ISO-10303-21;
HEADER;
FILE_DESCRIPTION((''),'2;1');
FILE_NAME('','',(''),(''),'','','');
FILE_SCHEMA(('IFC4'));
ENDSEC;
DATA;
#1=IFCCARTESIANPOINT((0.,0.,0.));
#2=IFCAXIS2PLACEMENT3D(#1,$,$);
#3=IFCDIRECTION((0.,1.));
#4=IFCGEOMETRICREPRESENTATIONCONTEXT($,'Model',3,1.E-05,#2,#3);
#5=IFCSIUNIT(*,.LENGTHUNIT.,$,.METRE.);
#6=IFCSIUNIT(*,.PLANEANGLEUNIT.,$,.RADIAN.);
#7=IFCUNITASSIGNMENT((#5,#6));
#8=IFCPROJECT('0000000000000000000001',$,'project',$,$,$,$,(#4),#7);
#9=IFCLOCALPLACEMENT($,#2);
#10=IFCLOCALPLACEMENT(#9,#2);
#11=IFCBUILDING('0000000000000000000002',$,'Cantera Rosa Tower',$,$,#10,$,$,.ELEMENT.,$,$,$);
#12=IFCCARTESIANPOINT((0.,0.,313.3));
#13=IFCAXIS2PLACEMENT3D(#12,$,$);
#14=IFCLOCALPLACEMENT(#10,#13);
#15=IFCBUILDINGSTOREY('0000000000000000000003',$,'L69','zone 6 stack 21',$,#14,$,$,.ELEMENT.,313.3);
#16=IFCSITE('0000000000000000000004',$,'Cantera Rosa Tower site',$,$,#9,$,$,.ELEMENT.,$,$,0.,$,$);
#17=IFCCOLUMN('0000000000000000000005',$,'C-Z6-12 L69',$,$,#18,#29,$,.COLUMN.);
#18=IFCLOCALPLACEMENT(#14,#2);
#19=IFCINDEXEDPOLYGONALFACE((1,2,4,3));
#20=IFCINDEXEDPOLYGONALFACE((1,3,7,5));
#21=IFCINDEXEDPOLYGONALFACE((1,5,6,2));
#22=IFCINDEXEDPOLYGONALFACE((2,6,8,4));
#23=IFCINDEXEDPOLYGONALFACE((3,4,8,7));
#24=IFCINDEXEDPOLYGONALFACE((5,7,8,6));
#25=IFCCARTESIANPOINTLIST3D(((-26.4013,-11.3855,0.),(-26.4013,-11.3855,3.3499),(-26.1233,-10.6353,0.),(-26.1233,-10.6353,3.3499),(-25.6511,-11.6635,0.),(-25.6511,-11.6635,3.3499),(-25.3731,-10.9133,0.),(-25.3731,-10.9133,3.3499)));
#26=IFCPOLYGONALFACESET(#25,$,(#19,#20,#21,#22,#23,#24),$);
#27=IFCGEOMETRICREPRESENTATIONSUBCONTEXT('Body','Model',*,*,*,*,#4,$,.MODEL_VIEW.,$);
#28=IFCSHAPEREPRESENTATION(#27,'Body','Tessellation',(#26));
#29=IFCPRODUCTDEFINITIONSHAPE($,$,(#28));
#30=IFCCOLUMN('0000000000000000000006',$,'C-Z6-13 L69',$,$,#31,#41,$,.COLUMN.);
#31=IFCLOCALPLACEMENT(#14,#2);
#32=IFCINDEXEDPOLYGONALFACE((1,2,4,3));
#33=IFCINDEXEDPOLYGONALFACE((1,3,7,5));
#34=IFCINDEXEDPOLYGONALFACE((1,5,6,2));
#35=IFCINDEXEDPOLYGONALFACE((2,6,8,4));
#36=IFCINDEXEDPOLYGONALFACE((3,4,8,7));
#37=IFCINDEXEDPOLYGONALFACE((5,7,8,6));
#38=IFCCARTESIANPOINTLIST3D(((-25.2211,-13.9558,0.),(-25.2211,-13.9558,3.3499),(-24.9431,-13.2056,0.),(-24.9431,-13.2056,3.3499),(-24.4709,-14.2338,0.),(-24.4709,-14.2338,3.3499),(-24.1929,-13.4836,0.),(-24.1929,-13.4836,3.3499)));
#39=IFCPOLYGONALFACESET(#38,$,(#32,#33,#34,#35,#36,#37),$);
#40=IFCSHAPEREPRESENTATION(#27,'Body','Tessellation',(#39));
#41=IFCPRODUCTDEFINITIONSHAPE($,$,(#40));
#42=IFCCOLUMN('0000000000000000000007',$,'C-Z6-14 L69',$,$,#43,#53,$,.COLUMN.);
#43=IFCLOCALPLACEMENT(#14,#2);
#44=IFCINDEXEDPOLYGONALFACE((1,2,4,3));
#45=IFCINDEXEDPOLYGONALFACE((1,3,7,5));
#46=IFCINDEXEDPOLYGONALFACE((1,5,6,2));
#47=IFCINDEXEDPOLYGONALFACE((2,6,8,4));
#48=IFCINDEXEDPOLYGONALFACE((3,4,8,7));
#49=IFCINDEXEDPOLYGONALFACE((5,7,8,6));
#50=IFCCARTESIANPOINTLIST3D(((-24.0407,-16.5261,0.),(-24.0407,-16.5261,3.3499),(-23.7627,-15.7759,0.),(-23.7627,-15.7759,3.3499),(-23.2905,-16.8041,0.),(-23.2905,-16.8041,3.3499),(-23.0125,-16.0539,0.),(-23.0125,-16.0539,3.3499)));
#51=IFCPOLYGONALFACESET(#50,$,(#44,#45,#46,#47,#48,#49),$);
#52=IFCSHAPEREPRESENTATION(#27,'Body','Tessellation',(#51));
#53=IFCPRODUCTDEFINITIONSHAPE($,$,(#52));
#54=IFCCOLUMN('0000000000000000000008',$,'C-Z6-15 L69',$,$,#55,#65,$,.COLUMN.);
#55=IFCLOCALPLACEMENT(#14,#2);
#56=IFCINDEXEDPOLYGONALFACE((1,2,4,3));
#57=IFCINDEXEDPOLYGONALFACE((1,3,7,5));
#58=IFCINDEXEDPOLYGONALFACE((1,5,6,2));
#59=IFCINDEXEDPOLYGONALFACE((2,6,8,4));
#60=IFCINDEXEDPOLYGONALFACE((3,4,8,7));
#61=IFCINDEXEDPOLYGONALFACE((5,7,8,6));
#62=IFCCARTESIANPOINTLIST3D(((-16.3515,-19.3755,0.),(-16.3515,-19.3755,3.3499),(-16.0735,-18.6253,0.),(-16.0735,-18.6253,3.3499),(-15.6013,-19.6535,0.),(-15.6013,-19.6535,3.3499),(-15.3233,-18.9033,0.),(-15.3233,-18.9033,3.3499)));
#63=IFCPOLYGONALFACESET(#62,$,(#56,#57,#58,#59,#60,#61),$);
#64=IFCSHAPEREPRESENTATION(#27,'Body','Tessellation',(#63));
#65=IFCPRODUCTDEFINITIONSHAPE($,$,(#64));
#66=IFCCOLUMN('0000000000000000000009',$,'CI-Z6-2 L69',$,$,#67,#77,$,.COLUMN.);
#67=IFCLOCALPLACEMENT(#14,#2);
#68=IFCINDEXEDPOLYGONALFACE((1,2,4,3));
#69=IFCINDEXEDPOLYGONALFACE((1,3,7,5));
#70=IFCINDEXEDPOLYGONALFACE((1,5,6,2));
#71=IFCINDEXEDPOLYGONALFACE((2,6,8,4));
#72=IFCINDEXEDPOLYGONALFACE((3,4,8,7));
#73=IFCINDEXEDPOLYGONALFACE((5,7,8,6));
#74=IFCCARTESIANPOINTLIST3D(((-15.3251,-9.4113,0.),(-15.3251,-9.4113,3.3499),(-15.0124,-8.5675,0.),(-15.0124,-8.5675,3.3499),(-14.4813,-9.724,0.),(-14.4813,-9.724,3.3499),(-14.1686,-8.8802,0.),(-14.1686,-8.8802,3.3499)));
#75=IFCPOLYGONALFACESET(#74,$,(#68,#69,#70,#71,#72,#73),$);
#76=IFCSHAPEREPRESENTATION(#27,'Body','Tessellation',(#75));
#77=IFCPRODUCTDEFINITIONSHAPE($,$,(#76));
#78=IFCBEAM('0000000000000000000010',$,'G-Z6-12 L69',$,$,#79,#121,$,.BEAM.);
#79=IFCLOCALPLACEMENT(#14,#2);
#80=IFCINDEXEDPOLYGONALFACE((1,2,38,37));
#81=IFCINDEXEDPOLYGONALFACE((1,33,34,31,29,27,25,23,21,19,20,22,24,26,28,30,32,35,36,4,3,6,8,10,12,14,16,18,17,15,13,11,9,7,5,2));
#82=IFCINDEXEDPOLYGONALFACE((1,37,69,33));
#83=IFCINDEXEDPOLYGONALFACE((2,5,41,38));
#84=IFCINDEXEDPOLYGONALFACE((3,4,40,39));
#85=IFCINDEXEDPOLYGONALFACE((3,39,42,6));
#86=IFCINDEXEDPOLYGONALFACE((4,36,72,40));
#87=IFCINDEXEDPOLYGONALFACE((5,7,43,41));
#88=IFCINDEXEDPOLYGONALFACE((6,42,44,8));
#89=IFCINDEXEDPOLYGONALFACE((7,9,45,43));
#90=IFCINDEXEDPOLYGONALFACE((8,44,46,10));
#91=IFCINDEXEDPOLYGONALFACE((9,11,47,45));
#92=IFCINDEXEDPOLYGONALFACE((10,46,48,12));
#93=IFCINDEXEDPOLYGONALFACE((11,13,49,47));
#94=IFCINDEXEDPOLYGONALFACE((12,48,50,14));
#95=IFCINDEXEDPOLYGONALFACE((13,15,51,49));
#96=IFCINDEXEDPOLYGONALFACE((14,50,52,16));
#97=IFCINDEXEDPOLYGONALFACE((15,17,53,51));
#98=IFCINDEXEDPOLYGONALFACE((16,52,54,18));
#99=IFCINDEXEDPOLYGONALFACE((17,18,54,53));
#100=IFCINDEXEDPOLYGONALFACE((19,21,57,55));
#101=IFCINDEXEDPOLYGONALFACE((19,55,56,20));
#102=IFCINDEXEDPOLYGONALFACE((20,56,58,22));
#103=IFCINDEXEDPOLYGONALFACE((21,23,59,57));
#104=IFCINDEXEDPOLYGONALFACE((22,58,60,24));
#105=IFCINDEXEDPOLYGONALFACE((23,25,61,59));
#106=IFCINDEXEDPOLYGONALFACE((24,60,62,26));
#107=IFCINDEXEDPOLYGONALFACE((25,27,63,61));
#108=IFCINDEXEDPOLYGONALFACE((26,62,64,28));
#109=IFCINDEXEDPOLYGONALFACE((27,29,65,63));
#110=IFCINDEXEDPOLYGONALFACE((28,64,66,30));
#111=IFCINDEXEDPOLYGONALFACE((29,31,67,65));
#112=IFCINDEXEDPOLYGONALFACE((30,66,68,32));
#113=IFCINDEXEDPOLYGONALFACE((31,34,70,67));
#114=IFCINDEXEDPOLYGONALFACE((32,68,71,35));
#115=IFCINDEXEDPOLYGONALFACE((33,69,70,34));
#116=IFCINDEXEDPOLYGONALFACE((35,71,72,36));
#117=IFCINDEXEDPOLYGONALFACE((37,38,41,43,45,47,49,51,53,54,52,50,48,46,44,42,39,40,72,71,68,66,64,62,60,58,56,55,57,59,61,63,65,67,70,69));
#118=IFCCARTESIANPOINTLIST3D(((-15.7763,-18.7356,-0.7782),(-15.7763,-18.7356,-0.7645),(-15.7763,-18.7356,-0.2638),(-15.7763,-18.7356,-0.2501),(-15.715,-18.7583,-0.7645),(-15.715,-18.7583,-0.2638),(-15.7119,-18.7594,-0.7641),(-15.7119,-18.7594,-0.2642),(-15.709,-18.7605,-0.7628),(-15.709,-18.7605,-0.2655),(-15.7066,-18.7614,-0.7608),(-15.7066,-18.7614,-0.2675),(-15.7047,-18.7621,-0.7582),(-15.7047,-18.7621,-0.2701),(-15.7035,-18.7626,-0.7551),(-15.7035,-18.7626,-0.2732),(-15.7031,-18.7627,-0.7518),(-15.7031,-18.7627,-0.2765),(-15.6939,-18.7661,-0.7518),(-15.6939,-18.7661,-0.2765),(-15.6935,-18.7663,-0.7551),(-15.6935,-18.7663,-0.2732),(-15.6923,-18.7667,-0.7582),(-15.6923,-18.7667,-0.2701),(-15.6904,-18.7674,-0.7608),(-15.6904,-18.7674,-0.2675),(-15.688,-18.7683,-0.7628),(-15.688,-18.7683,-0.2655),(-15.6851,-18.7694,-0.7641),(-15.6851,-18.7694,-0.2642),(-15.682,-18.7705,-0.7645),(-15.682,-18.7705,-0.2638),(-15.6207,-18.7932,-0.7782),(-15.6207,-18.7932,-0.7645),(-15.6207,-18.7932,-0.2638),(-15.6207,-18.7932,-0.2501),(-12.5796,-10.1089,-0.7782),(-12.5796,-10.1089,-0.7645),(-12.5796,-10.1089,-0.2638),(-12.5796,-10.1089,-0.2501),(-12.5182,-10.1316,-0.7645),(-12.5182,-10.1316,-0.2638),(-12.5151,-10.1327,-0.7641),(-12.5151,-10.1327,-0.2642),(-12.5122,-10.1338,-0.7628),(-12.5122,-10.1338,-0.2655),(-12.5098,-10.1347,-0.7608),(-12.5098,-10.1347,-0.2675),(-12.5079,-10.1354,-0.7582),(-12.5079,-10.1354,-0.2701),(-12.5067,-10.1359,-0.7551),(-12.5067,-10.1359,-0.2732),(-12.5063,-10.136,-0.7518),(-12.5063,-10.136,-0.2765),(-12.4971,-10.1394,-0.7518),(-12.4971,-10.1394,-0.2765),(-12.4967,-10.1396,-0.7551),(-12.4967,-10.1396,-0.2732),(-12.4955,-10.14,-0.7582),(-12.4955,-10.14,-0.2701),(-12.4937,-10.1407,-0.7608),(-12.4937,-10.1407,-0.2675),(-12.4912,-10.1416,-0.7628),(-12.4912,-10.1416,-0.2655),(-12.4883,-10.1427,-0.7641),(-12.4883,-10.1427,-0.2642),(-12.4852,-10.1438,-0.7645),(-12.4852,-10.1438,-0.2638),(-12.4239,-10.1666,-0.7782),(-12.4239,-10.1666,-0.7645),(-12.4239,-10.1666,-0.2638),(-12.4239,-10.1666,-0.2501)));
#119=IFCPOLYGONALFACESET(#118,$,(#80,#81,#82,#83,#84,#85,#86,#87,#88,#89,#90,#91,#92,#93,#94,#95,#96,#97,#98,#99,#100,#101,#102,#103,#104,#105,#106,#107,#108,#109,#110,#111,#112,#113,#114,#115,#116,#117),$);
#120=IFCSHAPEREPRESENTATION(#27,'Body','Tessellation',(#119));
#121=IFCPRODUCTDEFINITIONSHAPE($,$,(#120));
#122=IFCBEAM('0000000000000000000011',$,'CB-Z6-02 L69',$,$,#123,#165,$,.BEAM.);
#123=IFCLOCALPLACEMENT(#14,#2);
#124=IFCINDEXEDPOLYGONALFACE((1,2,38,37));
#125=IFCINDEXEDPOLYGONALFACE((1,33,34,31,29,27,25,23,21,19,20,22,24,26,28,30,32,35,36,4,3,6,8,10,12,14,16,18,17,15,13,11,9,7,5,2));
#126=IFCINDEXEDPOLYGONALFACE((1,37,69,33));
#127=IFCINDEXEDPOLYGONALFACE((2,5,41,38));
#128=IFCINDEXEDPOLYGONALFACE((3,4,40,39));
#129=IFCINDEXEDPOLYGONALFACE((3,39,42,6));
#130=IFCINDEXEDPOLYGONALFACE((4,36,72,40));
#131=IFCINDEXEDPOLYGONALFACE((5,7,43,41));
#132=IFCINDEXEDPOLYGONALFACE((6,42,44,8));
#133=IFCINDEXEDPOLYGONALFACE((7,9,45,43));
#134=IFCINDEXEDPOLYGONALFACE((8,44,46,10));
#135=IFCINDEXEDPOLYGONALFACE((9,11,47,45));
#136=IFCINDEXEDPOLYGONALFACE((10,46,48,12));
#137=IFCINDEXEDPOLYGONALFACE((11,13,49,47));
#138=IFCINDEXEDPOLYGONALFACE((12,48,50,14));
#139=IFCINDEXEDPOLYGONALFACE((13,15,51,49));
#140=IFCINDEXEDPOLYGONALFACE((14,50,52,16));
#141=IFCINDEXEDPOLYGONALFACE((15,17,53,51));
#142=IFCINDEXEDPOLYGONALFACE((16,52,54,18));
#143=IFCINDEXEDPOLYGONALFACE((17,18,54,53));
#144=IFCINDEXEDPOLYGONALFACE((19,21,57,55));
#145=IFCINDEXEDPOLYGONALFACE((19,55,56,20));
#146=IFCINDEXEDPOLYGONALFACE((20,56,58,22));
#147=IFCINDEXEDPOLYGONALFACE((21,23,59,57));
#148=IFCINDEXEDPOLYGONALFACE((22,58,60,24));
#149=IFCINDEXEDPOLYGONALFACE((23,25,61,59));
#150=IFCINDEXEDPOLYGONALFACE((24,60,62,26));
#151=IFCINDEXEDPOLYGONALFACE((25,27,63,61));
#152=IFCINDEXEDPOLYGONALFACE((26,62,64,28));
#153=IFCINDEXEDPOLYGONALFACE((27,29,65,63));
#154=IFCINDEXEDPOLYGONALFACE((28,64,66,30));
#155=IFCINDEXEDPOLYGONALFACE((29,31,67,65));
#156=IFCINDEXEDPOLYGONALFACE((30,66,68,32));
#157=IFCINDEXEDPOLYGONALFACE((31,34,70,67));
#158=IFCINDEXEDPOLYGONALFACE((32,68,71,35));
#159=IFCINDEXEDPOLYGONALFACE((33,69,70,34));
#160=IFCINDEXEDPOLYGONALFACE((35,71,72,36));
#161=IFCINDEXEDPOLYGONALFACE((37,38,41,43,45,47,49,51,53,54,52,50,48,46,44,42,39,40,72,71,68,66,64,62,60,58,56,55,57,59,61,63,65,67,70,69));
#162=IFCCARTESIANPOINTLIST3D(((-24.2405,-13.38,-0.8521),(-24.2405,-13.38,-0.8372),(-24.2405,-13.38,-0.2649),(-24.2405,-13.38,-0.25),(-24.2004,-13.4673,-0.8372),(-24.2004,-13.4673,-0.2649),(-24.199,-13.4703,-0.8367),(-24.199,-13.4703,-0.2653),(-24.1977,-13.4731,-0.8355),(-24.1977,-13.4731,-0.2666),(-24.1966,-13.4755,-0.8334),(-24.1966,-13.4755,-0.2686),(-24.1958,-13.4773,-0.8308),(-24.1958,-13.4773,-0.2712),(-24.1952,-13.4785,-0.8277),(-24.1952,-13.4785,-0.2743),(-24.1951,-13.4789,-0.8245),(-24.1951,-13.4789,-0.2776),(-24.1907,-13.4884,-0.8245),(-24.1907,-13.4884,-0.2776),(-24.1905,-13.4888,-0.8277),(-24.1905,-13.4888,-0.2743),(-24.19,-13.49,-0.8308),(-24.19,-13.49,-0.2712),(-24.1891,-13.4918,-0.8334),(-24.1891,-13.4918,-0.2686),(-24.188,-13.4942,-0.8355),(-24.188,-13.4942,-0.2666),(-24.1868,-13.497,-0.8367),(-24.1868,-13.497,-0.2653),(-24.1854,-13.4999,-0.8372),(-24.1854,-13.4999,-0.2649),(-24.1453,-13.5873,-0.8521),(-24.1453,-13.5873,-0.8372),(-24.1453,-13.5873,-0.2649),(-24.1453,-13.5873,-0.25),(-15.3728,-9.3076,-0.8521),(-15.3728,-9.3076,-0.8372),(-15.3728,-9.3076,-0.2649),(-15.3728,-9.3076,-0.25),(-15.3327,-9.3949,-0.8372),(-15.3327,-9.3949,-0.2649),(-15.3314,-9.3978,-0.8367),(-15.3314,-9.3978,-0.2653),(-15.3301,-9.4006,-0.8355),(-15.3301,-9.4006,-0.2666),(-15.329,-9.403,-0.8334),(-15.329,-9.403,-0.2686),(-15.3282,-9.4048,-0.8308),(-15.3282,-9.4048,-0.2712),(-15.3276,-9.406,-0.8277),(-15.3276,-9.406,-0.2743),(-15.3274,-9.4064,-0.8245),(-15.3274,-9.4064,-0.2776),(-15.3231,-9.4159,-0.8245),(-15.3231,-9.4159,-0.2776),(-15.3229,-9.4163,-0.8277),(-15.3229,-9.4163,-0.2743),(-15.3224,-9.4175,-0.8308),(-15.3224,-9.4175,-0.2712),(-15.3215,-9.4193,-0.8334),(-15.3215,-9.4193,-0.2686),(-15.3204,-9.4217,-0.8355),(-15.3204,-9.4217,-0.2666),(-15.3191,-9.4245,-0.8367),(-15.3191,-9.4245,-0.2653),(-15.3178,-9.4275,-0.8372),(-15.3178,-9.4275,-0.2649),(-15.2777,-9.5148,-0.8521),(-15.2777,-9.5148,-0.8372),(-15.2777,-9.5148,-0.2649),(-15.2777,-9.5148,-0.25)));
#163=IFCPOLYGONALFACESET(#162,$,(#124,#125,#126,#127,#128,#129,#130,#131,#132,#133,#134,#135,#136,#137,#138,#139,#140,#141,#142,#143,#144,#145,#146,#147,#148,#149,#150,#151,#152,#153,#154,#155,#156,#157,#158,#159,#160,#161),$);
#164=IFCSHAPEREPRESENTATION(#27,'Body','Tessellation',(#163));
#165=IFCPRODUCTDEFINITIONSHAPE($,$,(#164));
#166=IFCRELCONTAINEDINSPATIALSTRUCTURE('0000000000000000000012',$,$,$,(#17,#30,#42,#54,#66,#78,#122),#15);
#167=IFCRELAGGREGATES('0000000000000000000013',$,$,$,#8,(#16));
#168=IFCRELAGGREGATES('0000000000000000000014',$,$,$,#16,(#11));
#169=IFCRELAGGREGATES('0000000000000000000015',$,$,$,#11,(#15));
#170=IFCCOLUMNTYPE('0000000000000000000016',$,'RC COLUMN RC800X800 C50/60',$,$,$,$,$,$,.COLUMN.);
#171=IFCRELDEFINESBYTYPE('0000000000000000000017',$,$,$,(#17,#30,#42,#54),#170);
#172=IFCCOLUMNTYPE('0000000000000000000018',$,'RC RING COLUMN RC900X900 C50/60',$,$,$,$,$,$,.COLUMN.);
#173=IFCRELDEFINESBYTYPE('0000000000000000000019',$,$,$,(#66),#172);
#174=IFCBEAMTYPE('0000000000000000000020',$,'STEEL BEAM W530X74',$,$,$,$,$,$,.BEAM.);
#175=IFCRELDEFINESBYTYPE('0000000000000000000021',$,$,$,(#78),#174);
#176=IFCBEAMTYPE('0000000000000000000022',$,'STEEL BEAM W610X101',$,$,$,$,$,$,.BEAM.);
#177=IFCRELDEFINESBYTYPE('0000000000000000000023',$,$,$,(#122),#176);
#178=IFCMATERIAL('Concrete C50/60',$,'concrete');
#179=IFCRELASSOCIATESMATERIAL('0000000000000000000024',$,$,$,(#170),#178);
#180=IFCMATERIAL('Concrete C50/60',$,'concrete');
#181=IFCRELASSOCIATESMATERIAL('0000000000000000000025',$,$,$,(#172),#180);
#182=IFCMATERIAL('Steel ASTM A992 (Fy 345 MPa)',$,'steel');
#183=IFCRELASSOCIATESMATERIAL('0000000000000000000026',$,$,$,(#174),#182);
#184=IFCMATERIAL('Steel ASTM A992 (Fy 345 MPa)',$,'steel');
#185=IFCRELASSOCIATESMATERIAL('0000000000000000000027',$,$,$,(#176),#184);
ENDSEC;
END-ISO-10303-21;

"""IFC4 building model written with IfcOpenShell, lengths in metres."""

from ifc_helpers import new_model, si_unit, direction, frame, origin, origin_2d, place, context, subcontext, project, spatial, rectangle, i_section, extrude, material, material_profile, profile_set, type_object, element, save


model = new_model("IFC4")

# Units and contexts
model_context = context("Model", 3, precision=1e-05, world=origin(), true_north=direction((0.0, 1.0)))
body_context = subcontext(model_context, "Body", "Model", "MODEL_VIEW")
ifc_project = project(units=[si_unit("LENGTHUNIT", "METRE"), si_unit("PLANEANGLEUNIT", "RADIAN")], contexts=[model_context])

# Site, building, storey
site_placement = place(None, origin())
site = spatial("IfcSite", under=ifc_project, at=site_placement, Name="Cantera Rosa Tower site", CompositionType="ELEMENT", RefElevation=0.0)
building_placement = place(site_placement, origin())
building = spatial("IfcBuilding", under=site, at=building_placement, Name="Cantera Rosa Tower", CompositionType="ELEMENT")
storey_placement = place(building_placement, frame((0.0, 0.0, 313.3)))
storey = spatial("IfcBuildingStorey", under=building, at=storey_placement, Name="L69", Description="zone 6 stack 21", CompositionType="ELEMENT", Elevation=313.3)

# Columns
ifc_material_1 = material(Name="Concrete C50/60", Category="concrete")
ifc_material_profile_1 = material_profile(ifc_material_1, rectangle(XDim=0.8, YDim=0.8, at=origin_2d()), Name="RC COLUMN RC800X800 C50/60")
ifc_profile_set_1 = profile_set([ifc_material_profile_1], Name="Concrete C50/60")
column_type_1 = type_object("IfcColumnType", Name="RC COLUMN RC800X800 C50/60", PredefinedType="COLUMN", material=ifc_profile_set_1)
for number, where, z_axis, x_axis, name in (
    (1, (-25.8872, -11.1494, 0.0), (0.0, 0.0, 1.0), (0.347481, 0.937687, 0.0), "C-Z6-12 L69"),
    (2, (-24.707, -13.7197, 0.0), (0.0, 0.0, 1.0), (0.347481, 0.937687, 0.0), "C-Z6-13 L69"),
    (3, (-23.5266, -16.29, 0.0), (0.0, 0.0, 1.0), (0.347481, 0.937687, 0.0), "C-Z6-14 L69"),
    (4, (-15.8374, -19.1394, 0.0), (0.0, 0.0, 1.0), (0.347481, 0.937687, 0.0), "C-Z6-15 L69"),
):
    element("IfcColumn", number, at=place(storey_placement, frame(where, z_axis=z_axis, x_axis=x_axis)), inside=storey, type_object=column_type_1, Name=name, PredefinedType="COLUMN", context=body_context, shape_type="SweptSolid", body=[
        extrude(rectangle(XDim=0.8, YDim=0.8, at=origin_2d()), origin(), (0.0, 0.0, 1.0), 3.3499),
    ])
ifc_material_2 = material(Name="Concrete C50/60", Category="concrete")
ifc_material_profile_2 = material_profile(ifc_material_2, rectangle(XDim=0.8999, YDim=0.8999, at=origin_2d()), Name="RC RING COLUMN RC900X900 C50/60")
ifc_profile_set_2 = profile_set([ifc_material_profile_2], Name="Concrete C50/60")
column_type_2 = type_object("IfcColumnType", Name="RC RING COLUMN RC900X900 C50/60", PredefinedType="COLUMN", material=ifc_profile_set_2)
column_placement = place(storey_placement, frame((-14.7468, -9.1458, 0.0), z_axis=(0.0, 0.0, 1.0), x_axis=(0.347481, 0.937687, 0.0)))
element("IfcColumn", 5, at=column_placement, inside=storey, type_object=column_type_2, Name="CI-Z6-2 L69", PredefinedType="COLUMN", context=body_context, shape_type="SweptSolid", body=[
    extrude(rectangle(XDim=0.8999, YDim=0.8999, at=origin_2d()), origin(), (0.0, 0.0, 1.0), 3.3499),
])

# Beams
ifc_material_3 = material(Name="Steel ASTM A992 (Fy 345 MPa)", Category="steel")
ifc_material_profile_3 = material_profile(ifc_material_3, i_section(OverallWidth=0.166, OverallDepth=0.5281, WebThickness=0.0098, FlangeThickness=0.0137, FilletRadius=0.0127, at=origin_2d()), Name="W530X74")
ifc_profile_set_3 = profile_set([ifc_material_profile_3], Name="Steel ASTM A992 (Fy 345 MPa)")
beam_type_1 = type_object("IfcBeamType", Name="STEEL BEAM W530X74", PredefinedType="BEAM", material=ifc_profile_set_3)
beam_1_placement = place(storey_placement, frame((-15.6985, -18.7644, -0.5142), z_axis=(0.347477, 0.937689, 0.0), x_axis=(-0.937689, 0.347477, 0.0)))
element("IfcBeam", 6, at=beam_1_placement, inside=storey, type_object=beam_type_1, Name="G-Z6-12 L69", PredefinedType="BEAM", context=body_context, shape_type="SweptSolid", body=[
    extrude(i_section(OverallWidth=0.166, OverallDepth=0.5281, WebThickness=0.0098, FlangeThickness=0.0137, FilletRadius=0.0127, at=origin_2d()), origin(), (0.0, 0.0, 1.0), 9.2),
])
ifc_material_4 = material(Name="Steel ASTM A992 (Fy 345 MPa)", Category="steel")
ifc_material_profile_4 = material_profile(ifc_material_4, i_section(OverallWidth=0.228, OverallDepth=0.6021, WebThickness=0.0105, FlangeThickness=0.0149, FilletRadius=0.0127, at=origin_2d()), Name="W610X101")
ifc_profile_set_4 = profile_set([ifc_material_profile_4], Name="Steel ASTM A992 (Fy 345 MPa)")
beam_type_2 = type_object("IfcBeamType", Name="STEEL BEAM W610X101", PredefinedType="BEAM", material=ifc_profile_set_4)
beam_2_placement = place(storey_placement, frame((-24.1929, -13.4836, -0.551), z_axis=(0.908748, 0.417346, 0.0), x_axis=(-0.417346, 0.908748, 0.0)))
element("IfcBeam", 7, at=beam_2_placement, inside=storey, type_object=beam_type_2, Name="CB-Z6-02 L69", PredefinedType="BEAM", context=body_context, shape_type="SweptSolid", body=[
    extrude(i_section(OverallWidth=0.228, OverallDepth=0.6021, WebThickness=0.0105, FlangeThickness=0.0149, FilletRadius=0.0127, at=origin_2d()), origin(), (0.0, 0.0, 1.0), 9.7581),
])

save(model, "model.ifc")
